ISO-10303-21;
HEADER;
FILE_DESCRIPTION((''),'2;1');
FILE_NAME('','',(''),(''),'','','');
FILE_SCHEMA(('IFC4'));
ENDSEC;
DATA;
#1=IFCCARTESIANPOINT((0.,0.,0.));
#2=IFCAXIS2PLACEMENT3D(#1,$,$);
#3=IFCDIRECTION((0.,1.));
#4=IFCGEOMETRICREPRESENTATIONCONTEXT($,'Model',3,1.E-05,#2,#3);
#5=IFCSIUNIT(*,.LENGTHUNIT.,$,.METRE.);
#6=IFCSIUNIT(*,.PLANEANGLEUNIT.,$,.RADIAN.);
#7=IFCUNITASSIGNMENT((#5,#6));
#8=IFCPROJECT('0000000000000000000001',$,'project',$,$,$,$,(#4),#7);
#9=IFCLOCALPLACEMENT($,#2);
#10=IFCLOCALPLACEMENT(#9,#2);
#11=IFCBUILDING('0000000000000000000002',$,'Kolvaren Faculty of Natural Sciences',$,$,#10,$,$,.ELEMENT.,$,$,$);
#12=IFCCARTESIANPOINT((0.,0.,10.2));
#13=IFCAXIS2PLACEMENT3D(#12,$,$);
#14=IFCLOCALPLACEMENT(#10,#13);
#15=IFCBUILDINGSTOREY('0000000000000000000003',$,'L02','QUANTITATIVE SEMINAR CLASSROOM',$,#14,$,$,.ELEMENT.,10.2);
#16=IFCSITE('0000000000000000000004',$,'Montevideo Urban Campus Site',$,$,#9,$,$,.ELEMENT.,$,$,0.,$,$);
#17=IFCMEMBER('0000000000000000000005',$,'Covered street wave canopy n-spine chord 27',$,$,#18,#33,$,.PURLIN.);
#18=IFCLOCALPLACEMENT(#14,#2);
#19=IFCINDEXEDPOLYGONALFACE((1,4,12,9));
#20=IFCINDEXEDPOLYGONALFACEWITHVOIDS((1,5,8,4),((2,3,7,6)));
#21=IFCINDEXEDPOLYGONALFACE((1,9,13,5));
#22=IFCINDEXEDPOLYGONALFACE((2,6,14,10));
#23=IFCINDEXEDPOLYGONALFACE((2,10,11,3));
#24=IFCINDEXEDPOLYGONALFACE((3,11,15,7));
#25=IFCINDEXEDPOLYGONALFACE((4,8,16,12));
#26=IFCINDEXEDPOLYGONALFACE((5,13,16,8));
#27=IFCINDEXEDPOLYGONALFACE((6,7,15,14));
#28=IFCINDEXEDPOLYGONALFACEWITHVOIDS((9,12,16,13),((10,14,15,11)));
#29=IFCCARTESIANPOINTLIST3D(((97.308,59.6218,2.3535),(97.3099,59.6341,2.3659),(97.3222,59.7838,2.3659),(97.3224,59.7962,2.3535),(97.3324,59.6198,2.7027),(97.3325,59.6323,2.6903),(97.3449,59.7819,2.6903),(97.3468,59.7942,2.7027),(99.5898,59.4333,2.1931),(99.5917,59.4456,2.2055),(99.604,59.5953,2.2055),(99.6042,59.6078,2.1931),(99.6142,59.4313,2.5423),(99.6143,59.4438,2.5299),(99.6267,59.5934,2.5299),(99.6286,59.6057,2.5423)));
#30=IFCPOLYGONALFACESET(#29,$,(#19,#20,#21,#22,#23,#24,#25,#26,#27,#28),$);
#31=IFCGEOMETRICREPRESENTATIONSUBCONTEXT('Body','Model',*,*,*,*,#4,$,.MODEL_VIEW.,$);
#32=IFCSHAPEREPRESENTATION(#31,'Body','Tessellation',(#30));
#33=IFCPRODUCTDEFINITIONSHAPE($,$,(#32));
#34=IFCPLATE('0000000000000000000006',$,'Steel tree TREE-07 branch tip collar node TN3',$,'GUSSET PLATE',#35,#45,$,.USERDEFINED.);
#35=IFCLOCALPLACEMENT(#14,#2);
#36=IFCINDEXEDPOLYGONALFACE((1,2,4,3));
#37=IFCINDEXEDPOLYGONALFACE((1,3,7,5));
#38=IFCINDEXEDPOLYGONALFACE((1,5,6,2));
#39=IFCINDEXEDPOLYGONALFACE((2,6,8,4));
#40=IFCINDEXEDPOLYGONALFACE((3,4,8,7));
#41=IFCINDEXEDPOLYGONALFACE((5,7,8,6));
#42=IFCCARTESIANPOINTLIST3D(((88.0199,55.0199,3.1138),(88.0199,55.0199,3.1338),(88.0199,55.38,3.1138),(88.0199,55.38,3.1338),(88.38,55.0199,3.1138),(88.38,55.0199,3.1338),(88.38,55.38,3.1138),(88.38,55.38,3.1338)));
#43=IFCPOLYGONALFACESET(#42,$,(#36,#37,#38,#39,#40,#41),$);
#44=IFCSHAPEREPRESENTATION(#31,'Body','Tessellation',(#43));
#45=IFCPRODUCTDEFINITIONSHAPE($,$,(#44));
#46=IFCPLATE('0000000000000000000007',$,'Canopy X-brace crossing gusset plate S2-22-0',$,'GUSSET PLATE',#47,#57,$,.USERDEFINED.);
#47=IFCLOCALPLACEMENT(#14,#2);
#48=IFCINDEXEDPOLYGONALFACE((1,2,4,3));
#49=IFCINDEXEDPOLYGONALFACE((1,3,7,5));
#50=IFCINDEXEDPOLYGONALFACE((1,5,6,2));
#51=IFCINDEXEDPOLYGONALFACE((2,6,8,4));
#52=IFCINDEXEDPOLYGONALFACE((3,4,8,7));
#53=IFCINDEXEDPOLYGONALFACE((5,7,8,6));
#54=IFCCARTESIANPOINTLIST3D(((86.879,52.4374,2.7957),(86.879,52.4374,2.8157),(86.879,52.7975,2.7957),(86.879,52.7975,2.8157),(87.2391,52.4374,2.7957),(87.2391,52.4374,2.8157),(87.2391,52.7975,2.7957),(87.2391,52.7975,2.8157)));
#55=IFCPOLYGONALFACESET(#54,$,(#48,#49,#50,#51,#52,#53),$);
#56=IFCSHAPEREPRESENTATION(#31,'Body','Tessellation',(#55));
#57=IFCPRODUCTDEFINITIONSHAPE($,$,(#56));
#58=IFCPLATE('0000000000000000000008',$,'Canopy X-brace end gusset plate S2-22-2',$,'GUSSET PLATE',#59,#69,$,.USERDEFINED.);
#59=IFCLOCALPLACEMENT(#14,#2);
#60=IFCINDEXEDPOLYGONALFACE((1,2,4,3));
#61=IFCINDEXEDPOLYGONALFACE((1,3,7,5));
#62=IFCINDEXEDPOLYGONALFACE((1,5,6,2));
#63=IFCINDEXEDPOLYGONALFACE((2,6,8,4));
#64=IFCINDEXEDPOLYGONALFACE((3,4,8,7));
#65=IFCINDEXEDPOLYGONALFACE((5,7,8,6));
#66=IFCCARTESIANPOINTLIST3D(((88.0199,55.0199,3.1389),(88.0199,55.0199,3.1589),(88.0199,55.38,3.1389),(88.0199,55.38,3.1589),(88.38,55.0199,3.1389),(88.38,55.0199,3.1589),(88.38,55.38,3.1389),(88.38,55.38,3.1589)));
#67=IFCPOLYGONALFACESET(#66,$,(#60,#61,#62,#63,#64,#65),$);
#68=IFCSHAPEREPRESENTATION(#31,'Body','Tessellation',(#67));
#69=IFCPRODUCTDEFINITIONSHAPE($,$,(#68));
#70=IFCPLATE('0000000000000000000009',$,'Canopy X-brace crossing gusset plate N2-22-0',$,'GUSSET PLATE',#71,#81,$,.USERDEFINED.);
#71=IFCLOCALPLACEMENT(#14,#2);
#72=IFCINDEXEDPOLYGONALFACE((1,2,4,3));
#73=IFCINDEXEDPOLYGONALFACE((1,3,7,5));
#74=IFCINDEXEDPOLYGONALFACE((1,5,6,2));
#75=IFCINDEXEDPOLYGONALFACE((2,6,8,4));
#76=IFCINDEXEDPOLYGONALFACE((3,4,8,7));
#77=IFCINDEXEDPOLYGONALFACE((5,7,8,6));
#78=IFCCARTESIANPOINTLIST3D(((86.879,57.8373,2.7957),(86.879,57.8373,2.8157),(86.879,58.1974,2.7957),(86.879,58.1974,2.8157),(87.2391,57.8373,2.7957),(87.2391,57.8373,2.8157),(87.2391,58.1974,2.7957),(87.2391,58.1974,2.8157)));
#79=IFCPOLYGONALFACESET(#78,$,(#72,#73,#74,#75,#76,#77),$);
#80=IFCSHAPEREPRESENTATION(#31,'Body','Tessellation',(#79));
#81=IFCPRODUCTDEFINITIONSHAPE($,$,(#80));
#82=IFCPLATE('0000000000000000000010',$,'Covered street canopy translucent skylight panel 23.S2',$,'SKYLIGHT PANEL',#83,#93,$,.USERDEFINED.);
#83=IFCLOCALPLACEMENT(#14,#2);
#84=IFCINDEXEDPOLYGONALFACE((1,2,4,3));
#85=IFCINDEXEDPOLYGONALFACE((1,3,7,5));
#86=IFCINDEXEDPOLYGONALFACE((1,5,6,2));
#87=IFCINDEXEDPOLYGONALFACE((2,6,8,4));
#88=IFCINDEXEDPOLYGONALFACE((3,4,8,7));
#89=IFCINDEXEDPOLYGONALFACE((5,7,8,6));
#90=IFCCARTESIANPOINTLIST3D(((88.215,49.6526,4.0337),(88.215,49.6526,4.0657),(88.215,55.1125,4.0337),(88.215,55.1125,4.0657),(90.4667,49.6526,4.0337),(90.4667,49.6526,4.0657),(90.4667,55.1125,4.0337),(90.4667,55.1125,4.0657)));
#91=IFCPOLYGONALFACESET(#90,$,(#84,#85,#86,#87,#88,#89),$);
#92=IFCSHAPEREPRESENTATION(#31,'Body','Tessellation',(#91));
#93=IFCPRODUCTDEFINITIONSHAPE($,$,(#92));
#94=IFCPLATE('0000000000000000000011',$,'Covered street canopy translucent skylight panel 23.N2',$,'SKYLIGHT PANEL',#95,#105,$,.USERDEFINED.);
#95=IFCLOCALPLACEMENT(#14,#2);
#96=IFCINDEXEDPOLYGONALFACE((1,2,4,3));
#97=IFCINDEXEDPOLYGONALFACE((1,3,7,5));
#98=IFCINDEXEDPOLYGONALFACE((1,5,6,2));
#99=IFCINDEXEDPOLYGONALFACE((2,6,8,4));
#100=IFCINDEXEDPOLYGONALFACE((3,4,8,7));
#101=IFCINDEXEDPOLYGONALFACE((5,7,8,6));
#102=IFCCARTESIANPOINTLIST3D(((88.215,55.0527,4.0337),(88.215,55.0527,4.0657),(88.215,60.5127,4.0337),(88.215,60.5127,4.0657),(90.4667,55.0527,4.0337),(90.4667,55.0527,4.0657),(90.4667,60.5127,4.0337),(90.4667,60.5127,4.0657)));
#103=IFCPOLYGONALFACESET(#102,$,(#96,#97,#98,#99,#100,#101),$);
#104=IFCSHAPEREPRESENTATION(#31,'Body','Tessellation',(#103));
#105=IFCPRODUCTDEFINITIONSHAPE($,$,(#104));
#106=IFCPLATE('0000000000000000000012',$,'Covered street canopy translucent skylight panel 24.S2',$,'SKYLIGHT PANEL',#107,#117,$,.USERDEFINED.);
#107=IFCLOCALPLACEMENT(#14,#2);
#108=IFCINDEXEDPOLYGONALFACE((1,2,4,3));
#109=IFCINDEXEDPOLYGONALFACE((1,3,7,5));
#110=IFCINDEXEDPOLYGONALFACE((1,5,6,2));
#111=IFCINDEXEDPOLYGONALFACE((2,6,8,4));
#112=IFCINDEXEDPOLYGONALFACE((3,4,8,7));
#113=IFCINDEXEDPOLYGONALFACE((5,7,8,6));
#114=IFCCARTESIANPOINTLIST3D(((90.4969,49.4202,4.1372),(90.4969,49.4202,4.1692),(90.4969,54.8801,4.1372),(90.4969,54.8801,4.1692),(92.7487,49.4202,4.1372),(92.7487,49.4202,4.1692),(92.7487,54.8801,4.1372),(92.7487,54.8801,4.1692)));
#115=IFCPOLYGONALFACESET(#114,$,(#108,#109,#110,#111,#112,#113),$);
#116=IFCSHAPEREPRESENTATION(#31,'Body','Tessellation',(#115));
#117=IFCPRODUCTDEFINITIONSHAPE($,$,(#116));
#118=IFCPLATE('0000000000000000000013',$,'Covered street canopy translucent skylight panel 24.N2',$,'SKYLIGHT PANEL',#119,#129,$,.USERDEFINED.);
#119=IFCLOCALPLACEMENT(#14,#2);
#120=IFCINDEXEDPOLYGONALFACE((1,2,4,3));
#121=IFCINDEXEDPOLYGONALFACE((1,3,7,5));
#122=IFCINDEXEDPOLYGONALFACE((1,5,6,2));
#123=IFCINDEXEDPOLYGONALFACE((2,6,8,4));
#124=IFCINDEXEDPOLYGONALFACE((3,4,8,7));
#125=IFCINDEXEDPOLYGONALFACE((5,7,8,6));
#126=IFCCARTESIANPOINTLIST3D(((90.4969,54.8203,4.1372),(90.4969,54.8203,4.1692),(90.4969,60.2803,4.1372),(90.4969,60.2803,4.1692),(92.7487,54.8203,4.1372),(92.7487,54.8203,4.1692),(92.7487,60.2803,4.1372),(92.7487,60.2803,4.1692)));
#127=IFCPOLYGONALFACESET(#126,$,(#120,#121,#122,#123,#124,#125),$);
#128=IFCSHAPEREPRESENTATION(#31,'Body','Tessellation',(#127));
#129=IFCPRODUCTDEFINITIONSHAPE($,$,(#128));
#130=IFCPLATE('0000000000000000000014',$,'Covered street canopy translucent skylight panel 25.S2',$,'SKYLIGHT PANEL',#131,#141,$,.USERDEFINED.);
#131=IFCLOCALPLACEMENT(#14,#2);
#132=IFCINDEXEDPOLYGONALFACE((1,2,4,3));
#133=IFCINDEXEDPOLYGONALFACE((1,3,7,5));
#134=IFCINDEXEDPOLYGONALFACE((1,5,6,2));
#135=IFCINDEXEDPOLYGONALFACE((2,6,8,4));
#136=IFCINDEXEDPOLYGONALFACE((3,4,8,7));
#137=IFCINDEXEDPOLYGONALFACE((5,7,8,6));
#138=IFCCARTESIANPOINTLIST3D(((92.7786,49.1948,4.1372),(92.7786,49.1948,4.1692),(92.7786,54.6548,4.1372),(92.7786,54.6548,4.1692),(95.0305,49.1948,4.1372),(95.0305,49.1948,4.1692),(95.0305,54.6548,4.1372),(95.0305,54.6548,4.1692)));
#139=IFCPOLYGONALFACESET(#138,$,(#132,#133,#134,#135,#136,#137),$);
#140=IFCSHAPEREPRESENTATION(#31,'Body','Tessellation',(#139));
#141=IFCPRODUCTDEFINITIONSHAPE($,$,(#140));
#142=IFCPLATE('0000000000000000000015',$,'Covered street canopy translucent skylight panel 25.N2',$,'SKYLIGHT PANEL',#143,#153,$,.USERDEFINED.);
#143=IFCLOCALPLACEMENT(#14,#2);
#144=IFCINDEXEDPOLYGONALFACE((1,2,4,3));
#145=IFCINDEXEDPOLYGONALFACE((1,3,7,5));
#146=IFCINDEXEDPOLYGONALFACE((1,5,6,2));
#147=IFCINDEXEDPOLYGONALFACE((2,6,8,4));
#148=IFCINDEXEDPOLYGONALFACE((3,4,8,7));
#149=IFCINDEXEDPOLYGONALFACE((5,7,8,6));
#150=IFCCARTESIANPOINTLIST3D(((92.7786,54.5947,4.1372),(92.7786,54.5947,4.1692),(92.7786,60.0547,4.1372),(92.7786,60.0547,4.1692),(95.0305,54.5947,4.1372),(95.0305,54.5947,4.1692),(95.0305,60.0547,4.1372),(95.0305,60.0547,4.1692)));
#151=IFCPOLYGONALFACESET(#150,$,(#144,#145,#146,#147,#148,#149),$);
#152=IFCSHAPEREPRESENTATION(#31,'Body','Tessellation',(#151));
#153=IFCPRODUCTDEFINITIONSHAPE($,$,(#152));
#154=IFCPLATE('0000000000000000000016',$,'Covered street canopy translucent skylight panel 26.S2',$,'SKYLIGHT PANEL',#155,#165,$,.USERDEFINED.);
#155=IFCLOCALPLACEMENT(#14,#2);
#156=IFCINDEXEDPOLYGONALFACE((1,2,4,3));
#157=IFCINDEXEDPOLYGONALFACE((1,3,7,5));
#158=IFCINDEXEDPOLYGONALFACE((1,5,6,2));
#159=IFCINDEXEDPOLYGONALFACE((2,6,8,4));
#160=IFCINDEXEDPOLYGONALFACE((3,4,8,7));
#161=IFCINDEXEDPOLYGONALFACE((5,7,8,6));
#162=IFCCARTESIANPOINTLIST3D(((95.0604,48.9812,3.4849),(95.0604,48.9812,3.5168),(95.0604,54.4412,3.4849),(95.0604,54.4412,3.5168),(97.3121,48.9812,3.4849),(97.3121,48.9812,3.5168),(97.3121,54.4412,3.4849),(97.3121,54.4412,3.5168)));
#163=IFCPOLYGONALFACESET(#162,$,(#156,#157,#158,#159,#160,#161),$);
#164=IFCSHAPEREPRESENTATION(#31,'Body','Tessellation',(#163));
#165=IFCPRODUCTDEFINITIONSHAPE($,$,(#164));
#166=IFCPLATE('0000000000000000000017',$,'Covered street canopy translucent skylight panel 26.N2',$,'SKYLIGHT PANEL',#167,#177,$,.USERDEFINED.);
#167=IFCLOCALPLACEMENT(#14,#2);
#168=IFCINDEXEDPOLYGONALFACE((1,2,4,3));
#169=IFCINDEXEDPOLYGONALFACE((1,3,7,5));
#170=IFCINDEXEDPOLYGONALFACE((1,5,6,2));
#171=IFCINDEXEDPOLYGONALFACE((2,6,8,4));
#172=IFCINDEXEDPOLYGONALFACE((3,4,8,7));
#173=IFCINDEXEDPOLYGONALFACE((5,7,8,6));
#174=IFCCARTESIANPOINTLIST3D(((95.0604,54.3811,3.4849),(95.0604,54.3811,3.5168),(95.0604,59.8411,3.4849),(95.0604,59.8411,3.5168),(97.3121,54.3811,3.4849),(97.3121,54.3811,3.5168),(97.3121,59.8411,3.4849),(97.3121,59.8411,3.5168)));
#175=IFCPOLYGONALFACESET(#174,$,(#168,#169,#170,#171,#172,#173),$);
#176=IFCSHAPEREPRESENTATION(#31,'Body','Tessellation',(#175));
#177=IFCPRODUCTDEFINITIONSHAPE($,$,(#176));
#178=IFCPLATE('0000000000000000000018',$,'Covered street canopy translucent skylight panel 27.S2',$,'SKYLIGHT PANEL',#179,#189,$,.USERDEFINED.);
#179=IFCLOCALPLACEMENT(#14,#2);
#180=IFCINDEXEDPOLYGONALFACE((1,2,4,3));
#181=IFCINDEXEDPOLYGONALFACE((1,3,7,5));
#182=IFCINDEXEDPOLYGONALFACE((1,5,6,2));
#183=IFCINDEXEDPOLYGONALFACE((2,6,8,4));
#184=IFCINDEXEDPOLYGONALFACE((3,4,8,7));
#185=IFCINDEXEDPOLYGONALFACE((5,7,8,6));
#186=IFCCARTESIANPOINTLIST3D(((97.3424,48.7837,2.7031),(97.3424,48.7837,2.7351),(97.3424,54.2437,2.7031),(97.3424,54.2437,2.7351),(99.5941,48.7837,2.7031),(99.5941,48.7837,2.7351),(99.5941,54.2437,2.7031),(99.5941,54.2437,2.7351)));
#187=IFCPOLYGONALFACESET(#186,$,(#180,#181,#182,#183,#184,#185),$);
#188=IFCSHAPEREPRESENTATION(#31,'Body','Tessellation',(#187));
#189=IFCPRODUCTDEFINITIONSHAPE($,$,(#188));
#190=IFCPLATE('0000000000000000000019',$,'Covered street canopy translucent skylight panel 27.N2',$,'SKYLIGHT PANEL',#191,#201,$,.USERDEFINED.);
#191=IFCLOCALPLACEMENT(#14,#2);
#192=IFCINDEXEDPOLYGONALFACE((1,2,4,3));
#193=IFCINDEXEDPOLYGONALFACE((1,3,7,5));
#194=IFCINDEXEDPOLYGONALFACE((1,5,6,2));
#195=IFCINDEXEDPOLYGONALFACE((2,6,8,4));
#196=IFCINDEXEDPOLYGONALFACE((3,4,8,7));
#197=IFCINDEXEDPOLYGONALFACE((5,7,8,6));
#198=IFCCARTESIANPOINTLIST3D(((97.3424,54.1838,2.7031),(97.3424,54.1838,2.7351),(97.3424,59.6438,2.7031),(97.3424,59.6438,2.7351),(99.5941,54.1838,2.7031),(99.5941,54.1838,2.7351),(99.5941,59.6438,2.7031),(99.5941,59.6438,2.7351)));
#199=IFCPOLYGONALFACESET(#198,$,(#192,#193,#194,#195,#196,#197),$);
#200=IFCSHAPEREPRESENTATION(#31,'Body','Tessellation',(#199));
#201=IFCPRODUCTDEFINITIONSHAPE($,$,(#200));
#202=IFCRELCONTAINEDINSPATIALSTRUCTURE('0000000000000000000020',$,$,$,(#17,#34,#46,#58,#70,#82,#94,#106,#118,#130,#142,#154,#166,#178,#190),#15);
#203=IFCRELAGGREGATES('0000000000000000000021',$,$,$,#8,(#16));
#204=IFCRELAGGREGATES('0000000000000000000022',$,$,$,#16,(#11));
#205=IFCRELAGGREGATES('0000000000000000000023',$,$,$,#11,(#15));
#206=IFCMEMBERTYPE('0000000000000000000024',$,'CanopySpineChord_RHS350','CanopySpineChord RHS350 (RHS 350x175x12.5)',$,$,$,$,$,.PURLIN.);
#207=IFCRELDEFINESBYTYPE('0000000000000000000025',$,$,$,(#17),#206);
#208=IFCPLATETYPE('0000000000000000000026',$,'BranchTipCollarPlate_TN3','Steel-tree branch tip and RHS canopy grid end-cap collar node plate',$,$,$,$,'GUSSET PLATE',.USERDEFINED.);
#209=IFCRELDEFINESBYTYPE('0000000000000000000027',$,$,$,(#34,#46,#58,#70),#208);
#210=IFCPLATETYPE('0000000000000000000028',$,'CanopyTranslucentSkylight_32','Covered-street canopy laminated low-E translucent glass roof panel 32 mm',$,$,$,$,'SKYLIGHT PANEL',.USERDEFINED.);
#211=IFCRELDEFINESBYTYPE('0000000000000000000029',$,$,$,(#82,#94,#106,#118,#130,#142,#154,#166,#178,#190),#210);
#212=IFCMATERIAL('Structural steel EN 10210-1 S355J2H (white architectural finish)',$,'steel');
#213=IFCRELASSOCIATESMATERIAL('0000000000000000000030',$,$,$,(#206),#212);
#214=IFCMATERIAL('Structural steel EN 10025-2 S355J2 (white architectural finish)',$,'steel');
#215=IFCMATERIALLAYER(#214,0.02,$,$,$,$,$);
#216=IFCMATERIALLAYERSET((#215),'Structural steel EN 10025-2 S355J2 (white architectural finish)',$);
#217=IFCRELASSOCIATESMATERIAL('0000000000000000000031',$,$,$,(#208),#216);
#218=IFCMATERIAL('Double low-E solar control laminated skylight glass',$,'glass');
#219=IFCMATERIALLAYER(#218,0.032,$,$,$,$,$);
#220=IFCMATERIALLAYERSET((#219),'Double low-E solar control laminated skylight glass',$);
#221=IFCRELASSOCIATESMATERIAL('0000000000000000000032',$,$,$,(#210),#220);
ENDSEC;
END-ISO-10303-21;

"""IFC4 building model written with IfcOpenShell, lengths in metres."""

from ifc_helpers import new_model, si_unit, direction, frame, origin, origin_2d, place, context, subcontext, project, spatial, rectangle, hollow_rectangle, extrude, material, layer, layer_set, material_profile, profile_set, type_object, element, save


model = new_model("IFC4")

# Units and contexts
model_context = context("Model", 3, precision=1e-05, world=origin(), true_north=direction((0.0, 1.0)))
body_context = subcontext(model_context, "Body", "Model", "MODEL_VIEW")
ifc_project = project(units=[si_unit("LENGTHUNIT", "METRE"), si_unit("PLANEANGLEUNIT", "RADIAN")], contexts=[model_context])

# Site, building, storey
site_placement = place(None, origin())
site = spatial("IfcSite", under=ifc_project, at=site_placement, Name="Montevideo Urban Campus Site", CompositionType="ELEMENT", RefElevation=0.0)
building_placement = place(site_placement, origin())
building = spatial("IfcBuilding", under=site, at=building_placement, Name="Kolvaren Faculty of Natural Sciences", CompositionType="ELEMENT")
storey_placement = place(building_placement, frame((0.0, 0.0, 10.2)))
storey = spatial("IfcBuildingStorey", under=building, at=storey_placement, Name="L02", Description="QUANTITATIVE SEMINAR CLASSROOM", CompositionType="ELEMENT", Elevation=10.2)

# Member
ifc_material_1 = material(Name="Structural steel EN 10210-1 S355J2H (white architectural finish)", Category="steel")
ifc_material_profile_1 = material_profile(ifc_material_1, hollow_rectangle(XDim=0.175, YDim=0.3501, WallThickness=0.0125, at=origin_2d()), Name="RHS 350x175x12.5")
ifc_profile_set_1 = profile_set([ifc_material_profile_1], Name="Structural steel EN 10210-1 S355J2H (white architectural finish)")
member_type_1 = type_object("IfcMemberType", Name="CanopySpineChord_RHS350", Description="CanopySpineChord RHS350 (RHS 350x175x12.5)", PredefinedType="PURLIN", material=ifc_profile_set_1)
member_1_placement = place(storey_placement, frame((97.3274, 59.708, 2.5281), z_axis=(0.994169, -0.082121, -0.069888), x_axis=(0.082322, 0.996606, 0.0)))
element("IfcMember", 1, at=member_1_placement, inside=storey, type_object=member_type_1, Name="Covered street wave canopy n-spine chord 27", PredefinedType="PURLIN", context=body_context, shape_type="SweptSolid", body=[
    extrude(hollow_rectangle(XDim=0.175, YDim=0.3501, WallThickness=0.0125, at=origin_2d()), origin(), (0.0, 0.0, 1.0), 2.2952),
])

# Plates
ifc_material_2 = material(Name="Structural steel EN 10025-2 S355J2 (white architectural finish)", Category="steel")
ifc_layer_1 = layer(ifc_material_2, 0.02)
ifc_layer_set_1 = layer_set([ifc_layer_1], Name="Structural steel EN 10025-2 S355J2 (white architectural finish)")
plate_type_1 = type_object("IfcPlateType", Name="BranchTipCollarPlate_TN3", Description="Steel-tree branch tip and RHS canopy grid end-cap collar node plate", ElementType="GUSSET PLATE", PredefinedType="USERDEFINED", material=ifc_layer_set_1)
for number, where, z_axis, x_axis, name in (
    (2, (88.2, 55.2, 3.1138), (0.0, 0.0, 1.0), (1.0, 0.0, 0.0), "Steel tree TREE-07 branch tip collar node TN3"),
    (3, (87.0591, 52.6174, 2.7957), (0.0, 0.0, 1.0), (1.0, 0.0, 0.0), "Canopy X-brace crossing gusset plate S2-22-0"),
    (4, (88.2, 55.2, 3.1389), (0.0, 0.0, 1.0), (1.0, 0.0, 0.0), "Canopy X-brace end gusset plate S2-22-2"),
    (5, (87.0591, 58.0173, 2.7957), (0.0, 0.0, 1.0), (1.0, 0.0, 0.0), "Canopy X-brace crossing gusset plate N2-22-0"),
):
    element("IfcPlate", number, at=place(storey_placement, frame(where, z_axis=z_axis, x_axis=x_axis)), inside=storey, type_object=plate_type_1, Name=name, ObjectType="GUSSET PLATE", PredefinedType="USERDEFINED", context=body_context, shape_type="SweptSolid", body=[
        extrude(rectangle(XDim=0.3601, YDim=0.3601, at=origin_2d()), origin(), (0.0, 0.0, 1.0), 0.02),
    ])
ifc_material_3 = material(Name="Double low-E solar control laminated skylight glass", Category="glass")
ifc_layer_2 = layer(ifc_material_3, 0.032)
ifc_layer_set_2 = layer_set([ifc_layer_2], Name="Double low-E solar control laminated skylight glass")
plate_type_2 = type_object("IfcPlateType", Name="CanopyTranslucentSkylight_32", Description="Covered-street canopy laminated low-E translucent glass roof panel 32 mm", ElementType="SKYLIGHT PANEL", PredefinedType="USERDEFINED", material=ifc_layer_set_2)
for number, where, z_axis, x_axis, name in (
    (6, (89.3408, 52.3826, 4.0337), (0.0, 0.0, 1.0), (1.0, 0.0, 0.0), "Covered street canopy translucent skylight panel 23.S2"),
    (7, (89.3408, 57.7827, 4.0337), (0.0, 0.0, 1.0), (1.0, 0.0, 0.0), "Covered street canopy translucent skylight panel 23.N2"),
    (8, (91.6228, 52.1501, 4.1372), (0.0, 0.0, 1.0), (1.0, 0.0, 0.0), "Covered street canopy translucent skylight panel 24.S2"),
    (9, (91.6228, 57.5503, 4.1372), (0.0, 0.0, 1.0), (1.0, 0.0, 0.0), "Covered street canopy translucent skylight panel 24.N2"),
):
    element("IfcPlate", number, at=place(storey_placement, frame(where, z_axis=z_axis, x_axis=x_axis)), inside=storey, type_object=plate_type_2, Name=name, ObjectType="SKYLIGHT PANEL", PredefinedType="USERDEFINED", context=body_context, shape_type="SweptSolid", body=[
        extrude(rectangle(XDim=2.2517, YDim=5.46, at=origin_2d()), origin(), (0.0, 0.0, 1.0), 0.032),
    ])
for number, where, z_axis, x_axis, name in (
    (10, (93.9045, 51.9248, 4.1372), (0.0, 0.0, 1.0), (1.0, 0.0, 0.0), "Covered street canopy translucent skylight panel 25.S2"),
    (11, (93.9045, 57.3247, 4.1372), (0.0, 0.0, 1.0), (1.0, 0.0, 0.0), "Covered street canopy translucent skylight panel 25.N2"),
):
    element("IfcPlate", number, at=place(storey_placement, frame(where, z_axis=z_axis, x_axis=x_axis)), inside=storey, type_object=plate_type_2, Name=name, ObjectType="SKYLIGHT PANEL", PredefinedType="USERDEFINED", context=body_context, shape_type="SweptSolid", body=[
        extrude(rectangle(XDim=2.252, YDim=5.46, at=origin_2d()), origin(), (0.0, 0.0, 1.0), 0.032),
    ])
for number, where, z_axis, x_axis, name in (
    (12, (96.1863, 51.7112, 3.4849), (0.0, 0.0, 1.0), (1.0, 0.0, 0.0), "Covered street canopy translucent skylight panel 26.S2"),
    (13, (96.1863, 57.1111, 3.4849), (0.0, 0.0, 1.0), (1.0, 0.0, 0.0), "Covered street canopy translucent skylight panel 26.N2"),
    (14, (98.4683, 51.5137, 2.7031), (0.0, 0.0, 1.0), (1.0, 0.0, 0.0), "Covered street canopy translucent skylight panel 27.S2"),
    (15, (98.4683, 56.9138, 2.7031), (0.0, 0.0, 1.0), (1.0, 0.0, 0.0), "Covered street canopy translucent skylight panel 27.N2"),
):
    element("IfcPlate", number, at=place(storey_placement, frame(where, z_axis=z_axis, x_axis=x_axis)), inside=storey, type_object=plate_type_2, Name=name, ObjectType="SKYLIGHT PANEL", PredefinedType="USERDEFINED", context=body_context, shape_type="SweptSolid", body=[
        extrude(rectangle(XDim=2.2517, YDim=5.46, at=origin_2d()), origin(), (0.0, 0.0, 1.0), 0.032),
    ])

save(model, "model.ifc")
